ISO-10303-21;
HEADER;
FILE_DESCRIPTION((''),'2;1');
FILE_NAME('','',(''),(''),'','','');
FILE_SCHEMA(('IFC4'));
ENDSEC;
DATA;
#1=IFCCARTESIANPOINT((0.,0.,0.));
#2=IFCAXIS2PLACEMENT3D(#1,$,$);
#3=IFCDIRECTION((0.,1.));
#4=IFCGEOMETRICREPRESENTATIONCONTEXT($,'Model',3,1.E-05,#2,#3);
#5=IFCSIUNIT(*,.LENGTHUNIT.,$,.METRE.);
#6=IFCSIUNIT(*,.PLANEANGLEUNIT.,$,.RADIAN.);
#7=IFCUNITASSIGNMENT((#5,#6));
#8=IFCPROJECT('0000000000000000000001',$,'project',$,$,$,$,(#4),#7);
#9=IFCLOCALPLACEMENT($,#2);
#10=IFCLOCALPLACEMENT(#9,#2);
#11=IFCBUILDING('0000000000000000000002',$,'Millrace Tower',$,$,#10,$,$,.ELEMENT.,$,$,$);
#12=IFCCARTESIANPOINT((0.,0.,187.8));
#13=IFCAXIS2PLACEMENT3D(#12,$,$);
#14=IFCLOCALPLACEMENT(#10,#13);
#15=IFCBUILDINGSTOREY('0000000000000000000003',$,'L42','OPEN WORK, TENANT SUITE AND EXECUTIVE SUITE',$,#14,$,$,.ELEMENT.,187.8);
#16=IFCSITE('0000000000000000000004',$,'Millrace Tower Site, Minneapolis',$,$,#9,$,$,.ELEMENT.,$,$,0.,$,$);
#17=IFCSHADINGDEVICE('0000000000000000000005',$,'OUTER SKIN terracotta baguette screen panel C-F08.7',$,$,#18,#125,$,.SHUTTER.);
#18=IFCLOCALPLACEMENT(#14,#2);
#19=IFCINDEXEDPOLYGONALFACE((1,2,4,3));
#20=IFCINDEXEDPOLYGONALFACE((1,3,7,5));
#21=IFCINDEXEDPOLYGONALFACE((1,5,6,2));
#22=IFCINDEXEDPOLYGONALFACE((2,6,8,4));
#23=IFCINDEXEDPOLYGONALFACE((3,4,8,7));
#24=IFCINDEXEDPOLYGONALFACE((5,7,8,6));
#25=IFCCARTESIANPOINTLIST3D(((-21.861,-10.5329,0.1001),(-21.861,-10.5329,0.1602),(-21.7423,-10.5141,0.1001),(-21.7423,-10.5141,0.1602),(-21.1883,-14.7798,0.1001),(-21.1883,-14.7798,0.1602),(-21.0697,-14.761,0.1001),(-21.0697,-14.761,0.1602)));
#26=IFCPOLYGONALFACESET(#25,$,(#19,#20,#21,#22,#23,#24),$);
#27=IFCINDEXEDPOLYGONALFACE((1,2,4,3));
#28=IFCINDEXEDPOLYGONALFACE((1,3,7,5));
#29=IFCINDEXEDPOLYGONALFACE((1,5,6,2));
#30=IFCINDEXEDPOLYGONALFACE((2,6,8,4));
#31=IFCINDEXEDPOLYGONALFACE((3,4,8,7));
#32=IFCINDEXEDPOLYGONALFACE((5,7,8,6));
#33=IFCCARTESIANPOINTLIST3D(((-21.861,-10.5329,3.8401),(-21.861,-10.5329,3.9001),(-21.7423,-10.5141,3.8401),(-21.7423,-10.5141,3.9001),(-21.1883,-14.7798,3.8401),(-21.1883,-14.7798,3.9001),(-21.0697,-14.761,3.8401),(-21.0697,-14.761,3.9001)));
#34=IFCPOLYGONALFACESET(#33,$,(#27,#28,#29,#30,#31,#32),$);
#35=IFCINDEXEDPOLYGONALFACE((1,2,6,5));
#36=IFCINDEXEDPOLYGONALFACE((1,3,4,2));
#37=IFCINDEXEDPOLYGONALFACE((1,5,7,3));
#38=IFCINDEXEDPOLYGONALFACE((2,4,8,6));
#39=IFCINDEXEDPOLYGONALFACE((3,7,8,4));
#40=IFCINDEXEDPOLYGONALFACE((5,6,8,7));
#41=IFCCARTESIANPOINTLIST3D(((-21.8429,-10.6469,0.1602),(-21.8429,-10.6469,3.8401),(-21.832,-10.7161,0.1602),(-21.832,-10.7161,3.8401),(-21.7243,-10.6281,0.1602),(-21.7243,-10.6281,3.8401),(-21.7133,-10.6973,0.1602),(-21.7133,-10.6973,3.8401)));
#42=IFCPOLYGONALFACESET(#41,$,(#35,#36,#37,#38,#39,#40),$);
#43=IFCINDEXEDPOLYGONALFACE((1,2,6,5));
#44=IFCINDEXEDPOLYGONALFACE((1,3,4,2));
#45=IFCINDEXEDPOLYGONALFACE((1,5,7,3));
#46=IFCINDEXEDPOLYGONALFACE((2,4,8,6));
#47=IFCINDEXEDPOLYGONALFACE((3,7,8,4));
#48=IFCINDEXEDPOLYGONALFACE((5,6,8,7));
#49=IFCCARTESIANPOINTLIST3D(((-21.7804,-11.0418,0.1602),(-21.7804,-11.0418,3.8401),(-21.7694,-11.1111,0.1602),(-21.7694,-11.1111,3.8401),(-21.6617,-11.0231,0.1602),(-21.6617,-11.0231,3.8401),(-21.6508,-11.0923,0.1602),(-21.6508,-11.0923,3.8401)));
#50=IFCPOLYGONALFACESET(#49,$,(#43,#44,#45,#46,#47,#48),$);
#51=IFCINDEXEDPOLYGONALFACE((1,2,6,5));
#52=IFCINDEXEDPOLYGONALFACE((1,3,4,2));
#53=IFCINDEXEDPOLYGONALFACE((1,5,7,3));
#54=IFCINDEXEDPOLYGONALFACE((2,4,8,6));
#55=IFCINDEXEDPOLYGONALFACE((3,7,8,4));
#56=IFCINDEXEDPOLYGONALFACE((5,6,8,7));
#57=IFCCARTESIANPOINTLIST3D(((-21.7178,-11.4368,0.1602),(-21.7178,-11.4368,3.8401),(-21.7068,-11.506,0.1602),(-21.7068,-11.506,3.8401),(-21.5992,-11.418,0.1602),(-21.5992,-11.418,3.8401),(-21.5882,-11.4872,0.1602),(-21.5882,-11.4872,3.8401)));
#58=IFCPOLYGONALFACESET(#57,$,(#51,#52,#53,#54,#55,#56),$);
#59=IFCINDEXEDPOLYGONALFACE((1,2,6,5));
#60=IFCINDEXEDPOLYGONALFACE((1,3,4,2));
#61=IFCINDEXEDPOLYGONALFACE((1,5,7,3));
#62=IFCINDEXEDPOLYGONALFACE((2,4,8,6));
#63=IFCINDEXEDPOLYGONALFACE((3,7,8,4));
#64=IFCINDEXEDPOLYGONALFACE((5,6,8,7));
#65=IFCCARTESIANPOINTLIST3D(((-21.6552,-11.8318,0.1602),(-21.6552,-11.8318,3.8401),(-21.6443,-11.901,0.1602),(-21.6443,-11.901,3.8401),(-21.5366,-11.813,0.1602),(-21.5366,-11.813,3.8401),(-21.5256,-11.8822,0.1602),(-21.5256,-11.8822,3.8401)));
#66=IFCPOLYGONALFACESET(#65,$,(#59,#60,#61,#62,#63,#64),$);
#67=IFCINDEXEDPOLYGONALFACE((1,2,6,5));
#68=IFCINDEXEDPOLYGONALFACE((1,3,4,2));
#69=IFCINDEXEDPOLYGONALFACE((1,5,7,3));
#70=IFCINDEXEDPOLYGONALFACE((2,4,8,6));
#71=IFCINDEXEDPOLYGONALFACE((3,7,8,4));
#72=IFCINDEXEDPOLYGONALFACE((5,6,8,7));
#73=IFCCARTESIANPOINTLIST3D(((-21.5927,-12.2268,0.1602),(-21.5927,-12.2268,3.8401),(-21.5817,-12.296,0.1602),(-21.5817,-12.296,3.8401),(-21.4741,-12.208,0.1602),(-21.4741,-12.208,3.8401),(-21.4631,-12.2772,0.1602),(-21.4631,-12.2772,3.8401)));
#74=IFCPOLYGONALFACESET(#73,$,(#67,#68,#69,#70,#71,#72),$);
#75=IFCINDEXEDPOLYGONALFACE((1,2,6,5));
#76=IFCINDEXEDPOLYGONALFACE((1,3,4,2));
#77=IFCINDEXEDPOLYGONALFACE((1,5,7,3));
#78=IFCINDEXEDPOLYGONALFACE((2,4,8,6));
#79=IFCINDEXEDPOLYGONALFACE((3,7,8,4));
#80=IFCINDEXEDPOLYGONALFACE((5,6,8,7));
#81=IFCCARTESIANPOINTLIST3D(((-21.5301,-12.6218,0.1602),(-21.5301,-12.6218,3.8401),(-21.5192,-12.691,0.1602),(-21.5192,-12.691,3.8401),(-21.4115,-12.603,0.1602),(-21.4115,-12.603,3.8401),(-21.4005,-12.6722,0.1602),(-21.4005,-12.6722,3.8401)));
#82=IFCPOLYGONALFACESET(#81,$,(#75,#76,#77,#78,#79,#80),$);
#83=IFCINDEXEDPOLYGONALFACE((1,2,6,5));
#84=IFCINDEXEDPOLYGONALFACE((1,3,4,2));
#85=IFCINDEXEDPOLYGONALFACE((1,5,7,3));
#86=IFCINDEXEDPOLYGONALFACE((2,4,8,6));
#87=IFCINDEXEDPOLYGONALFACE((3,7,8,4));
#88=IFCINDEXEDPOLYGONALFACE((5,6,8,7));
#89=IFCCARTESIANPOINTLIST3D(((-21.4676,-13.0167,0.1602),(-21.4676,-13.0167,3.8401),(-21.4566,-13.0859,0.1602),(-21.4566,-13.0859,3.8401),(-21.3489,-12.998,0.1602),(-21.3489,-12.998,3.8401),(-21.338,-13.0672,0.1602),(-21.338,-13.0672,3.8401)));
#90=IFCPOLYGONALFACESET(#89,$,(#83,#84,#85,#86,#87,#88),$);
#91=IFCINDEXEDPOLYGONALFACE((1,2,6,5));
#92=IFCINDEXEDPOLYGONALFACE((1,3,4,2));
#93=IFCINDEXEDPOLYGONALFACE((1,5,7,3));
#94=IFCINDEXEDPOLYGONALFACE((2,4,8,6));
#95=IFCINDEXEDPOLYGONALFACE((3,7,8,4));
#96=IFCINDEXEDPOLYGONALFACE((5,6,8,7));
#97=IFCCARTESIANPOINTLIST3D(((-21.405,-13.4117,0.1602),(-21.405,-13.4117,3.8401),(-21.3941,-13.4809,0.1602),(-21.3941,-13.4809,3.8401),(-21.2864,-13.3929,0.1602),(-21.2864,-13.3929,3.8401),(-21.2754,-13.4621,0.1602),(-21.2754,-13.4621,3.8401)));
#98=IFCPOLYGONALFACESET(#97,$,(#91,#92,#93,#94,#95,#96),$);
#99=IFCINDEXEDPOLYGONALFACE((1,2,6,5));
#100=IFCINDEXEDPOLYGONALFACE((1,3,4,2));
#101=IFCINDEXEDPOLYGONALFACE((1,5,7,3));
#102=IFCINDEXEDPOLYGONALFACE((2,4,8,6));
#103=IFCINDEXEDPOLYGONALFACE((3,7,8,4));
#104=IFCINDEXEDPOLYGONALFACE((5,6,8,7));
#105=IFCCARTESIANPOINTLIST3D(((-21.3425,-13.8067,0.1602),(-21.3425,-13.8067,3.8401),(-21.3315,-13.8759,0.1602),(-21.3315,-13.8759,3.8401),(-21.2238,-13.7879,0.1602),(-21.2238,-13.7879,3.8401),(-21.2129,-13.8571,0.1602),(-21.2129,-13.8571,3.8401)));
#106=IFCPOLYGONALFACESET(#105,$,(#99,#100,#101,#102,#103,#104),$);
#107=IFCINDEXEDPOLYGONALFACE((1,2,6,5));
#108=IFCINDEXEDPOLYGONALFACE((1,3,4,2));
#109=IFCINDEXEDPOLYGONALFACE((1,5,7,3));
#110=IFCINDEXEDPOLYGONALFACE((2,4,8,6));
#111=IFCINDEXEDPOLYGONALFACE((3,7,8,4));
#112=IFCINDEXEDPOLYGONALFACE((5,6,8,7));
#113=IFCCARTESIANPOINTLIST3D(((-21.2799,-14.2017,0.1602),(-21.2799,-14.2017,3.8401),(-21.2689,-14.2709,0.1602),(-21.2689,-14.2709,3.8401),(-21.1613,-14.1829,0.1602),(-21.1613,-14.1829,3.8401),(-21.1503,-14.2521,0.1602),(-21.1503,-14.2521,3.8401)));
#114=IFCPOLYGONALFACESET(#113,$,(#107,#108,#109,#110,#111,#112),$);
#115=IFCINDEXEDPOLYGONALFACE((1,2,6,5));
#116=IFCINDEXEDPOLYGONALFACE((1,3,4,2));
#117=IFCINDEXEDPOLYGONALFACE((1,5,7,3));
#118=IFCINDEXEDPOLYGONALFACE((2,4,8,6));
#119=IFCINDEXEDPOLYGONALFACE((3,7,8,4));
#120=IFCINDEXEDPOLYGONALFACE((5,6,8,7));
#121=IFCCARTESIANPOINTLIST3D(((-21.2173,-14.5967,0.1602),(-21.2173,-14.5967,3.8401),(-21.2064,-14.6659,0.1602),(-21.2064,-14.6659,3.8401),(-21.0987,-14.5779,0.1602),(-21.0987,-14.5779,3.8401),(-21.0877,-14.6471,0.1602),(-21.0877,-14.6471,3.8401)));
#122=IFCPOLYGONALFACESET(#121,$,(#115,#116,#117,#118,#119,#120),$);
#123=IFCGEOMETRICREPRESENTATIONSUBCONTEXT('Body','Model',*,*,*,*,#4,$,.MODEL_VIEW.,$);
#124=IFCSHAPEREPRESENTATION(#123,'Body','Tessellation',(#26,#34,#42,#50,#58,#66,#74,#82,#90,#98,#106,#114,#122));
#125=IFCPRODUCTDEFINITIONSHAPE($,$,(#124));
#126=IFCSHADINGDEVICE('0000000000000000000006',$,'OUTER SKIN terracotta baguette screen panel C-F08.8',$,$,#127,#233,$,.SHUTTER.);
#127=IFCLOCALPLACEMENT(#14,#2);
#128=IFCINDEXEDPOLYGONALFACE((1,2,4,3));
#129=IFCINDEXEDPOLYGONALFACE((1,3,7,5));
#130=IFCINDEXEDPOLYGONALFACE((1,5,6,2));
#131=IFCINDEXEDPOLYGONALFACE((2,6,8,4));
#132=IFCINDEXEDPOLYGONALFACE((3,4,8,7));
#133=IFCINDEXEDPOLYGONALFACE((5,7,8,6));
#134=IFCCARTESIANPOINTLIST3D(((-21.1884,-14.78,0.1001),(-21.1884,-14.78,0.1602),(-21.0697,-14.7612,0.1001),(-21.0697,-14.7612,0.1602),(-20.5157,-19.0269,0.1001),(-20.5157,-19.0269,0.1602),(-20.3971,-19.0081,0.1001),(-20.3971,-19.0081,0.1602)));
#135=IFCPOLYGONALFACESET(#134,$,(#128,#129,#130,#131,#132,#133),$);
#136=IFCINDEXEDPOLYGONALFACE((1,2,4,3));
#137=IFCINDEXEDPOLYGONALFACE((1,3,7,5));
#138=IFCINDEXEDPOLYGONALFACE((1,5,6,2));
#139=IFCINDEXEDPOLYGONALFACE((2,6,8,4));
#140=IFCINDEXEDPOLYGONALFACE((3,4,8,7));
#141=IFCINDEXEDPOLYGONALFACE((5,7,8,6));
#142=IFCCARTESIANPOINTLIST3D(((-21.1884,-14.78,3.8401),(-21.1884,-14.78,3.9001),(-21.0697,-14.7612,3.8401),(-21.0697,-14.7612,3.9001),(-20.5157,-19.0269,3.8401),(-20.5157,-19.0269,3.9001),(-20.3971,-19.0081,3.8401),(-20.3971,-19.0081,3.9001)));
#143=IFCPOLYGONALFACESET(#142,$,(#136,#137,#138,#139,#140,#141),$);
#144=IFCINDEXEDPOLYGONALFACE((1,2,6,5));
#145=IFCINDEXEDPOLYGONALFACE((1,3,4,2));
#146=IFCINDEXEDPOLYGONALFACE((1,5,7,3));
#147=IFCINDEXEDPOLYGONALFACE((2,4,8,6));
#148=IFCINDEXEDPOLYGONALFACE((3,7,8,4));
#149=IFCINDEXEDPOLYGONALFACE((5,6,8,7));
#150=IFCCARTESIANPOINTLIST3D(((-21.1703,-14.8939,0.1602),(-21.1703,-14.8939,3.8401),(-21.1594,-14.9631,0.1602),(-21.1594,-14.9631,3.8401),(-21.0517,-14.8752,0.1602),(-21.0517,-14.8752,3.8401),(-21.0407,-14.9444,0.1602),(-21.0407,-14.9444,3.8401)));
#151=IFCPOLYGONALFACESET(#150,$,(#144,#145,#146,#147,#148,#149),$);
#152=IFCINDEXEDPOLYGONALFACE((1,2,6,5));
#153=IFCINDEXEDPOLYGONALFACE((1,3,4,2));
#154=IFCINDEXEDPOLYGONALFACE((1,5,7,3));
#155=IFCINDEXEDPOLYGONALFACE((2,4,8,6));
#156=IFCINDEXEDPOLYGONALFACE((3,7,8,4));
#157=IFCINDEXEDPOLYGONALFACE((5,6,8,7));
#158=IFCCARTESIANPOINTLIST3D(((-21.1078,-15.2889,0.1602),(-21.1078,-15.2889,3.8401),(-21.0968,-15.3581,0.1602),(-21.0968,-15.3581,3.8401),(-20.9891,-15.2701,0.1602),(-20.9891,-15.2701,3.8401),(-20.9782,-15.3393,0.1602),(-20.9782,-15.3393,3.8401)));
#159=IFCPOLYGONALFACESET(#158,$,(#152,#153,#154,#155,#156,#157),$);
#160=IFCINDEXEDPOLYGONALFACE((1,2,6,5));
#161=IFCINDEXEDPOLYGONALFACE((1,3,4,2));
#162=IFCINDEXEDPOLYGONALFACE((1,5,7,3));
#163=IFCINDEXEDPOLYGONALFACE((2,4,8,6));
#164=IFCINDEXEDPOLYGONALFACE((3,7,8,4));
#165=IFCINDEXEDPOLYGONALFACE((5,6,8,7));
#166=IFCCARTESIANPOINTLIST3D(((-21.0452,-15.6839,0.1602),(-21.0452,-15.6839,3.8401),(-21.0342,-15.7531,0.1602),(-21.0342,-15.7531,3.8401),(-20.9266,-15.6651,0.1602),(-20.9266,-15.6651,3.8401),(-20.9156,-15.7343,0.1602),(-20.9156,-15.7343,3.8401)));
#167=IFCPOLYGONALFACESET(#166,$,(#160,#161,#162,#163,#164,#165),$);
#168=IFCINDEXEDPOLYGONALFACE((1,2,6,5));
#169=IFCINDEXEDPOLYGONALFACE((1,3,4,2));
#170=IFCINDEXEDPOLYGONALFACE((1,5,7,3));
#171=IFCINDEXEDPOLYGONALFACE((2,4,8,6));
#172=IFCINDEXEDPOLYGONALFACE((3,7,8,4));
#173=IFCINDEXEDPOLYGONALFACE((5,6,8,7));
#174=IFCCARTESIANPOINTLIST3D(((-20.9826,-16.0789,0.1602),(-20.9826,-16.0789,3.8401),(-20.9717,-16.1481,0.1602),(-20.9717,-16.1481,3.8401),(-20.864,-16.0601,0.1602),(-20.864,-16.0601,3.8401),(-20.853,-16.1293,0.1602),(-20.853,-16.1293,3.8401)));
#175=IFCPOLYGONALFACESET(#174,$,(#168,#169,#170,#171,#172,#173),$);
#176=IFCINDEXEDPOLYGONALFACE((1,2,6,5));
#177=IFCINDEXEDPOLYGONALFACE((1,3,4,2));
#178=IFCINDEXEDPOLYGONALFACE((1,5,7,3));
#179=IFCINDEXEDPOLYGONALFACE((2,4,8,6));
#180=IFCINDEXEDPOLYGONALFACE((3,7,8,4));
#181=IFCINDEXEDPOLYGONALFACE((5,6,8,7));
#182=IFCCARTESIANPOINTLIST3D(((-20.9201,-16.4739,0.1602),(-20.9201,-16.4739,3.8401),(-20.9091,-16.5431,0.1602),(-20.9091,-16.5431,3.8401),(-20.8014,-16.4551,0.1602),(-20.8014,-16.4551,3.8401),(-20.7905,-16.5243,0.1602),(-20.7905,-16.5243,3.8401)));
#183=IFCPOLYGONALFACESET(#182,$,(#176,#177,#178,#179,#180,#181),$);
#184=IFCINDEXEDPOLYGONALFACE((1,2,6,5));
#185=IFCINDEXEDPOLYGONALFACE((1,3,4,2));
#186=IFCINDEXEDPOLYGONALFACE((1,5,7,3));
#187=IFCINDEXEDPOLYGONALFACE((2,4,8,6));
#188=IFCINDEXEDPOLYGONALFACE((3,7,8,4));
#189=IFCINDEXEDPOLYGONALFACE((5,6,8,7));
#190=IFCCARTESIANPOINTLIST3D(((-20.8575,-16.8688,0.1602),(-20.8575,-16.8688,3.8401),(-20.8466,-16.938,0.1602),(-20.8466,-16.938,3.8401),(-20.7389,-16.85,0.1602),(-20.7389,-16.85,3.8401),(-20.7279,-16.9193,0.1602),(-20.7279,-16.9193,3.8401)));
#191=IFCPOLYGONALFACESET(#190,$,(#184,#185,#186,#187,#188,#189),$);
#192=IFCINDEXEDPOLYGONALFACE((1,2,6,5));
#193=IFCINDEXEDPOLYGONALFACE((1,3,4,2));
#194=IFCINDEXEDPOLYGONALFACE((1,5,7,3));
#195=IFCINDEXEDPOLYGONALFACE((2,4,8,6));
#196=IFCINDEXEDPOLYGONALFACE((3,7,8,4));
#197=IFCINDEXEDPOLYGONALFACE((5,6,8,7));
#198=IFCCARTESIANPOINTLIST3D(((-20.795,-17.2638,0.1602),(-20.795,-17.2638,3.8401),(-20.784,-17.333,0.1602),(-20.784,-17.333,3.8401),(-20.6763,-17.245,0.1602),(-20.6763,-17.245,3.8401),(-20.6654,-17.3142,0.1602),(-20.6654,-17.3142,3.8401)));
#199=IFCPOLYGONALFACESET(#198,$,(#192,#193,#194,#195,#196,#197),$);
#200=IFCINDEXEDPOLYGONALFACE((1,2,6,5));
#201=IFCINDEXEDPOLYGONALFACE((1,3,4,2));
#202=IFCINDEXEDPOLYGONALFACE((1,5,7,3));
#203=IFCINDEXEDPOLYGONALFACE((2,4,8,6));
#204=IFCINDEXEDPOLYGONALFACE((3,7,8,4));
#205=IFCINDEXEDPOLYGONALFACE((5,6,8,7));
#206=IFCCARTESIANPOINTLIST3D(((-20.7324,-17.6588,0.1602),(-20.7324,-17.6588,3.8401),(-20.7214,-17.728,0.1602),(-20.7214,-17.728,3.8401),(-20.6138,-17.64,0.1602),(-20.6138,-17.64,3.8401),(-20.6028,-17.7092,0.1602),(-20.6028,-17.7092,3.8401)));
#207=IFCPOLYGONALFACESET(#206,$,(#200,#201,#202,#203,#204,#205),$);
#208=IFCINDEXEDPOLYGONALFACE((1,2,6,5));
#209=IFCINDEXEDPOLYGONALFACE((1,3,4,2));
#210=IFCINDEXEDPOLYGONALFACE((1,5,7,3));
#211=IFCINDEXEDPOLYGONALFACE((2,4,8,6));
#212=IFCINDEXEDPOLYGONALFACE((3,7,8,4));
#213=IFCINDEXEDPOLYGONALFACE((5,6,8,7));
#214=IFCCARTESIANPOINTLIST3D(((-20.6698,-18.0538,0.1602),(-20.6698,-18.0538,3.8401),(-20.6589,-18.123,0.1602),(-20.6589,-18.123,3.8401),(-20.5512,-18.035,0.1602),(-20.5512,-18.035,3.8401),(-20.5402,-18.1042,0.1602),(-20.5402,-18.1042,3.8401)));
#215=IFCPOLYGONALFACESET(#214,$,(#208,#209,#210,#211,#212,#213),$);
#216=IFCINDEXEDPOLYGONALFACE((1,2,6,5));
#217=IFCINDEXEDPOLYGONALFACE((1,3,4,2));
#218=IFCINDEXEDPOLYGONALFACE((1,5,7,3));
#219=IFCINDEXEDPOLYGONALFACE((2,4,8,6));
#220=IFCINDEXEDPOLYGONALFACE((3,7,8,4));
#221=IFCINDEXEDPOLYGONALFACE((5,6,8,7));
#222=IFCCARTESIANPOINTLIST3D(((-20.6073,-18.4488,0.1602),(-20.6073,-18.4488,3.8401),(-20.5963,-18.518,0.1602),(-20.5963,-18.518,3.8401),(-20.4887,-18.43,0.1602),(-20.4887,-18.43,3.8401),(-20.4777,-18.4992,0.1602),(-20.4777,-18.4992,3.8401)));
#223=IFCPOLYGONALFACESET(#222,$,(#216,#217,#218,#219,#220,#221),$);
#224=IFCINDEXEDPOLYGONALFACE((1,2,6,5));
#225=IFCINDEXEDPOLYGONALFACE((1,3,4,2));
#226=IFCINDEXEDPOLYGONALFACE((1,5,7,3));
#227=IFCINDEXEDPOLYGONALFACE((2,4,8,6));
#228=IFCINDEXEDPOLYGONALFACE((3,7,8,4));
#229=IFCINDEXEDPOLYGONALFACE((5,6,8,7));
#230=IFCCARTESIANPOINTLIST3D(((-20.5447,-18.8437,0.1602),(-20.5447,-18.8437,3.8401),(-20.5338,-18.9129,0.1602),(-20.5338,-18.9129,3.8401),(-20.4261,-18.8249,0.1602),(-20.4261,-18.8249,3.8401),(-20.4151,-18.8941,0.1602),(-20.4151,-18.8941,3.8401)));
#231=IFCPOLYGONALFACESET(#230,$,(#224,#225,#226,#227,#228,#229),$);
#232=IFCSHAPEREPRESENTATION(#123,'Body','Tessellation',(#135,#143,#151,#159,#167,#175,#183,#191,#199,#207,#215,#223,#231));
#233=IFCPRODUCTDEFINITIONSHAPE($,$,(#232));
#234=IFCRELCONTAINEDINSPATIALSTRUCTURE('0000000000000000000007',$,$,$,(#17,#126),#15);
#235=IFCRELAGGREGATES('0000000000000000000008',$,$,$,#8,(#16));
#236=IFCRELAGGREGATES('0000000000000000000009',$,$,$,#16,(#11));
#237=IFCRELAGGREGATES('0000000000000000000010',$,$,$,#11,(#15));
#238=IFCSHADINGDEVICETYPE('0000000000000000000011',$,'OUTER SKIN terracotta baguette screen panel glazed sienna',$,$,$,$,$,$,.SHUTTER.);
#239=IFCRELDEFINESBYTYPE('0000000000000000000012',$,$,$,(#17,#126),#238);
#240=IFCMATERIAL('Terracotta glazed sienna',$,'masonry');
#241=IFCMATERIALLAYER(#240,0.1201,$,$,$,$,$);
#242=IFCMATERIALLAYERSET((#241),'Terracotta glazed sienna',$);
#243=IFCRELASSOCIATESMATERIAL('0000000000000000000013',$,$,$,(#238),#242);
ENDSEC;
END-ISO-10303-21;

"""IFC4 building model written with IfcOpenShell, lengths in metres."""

from ifc_helpers import new_model, entity, si_unit, direction, frame, frame_2d, origin, origin_2d, place, context, subcontext, project, spatial, rectangle, extrude, source, transform, mapped, material, layer, layer_set, type_object, element, save


model = new_model("IFC4")

# Units and contexts
model_context = context("Model", 3, precision=1e-05, world=origin(), true_north=direction((0.0, 1.0)))
body_context = subcontext(model_context, "Body", "Model", "MODEL_VIEW")
ifc_project = project(units=[si_unit("LENGTHUNIT", "METRE"), si_unit("PLANEANGLEUNIT", "RADIAN")], contexts=[model_context])

# Site, building, storey
site_placement = place(None, origin())
site = spatial("IfcSite", under=ifc_project, at=site_placement, Name="Millrace Tower Site, Minneapolis", CompositionType="ELEMENT", RefElevation=0.0)
building_placement = place(site_placement, origin())
building = spatial("IfcBuilding", under=site, at=building_placement, Name="Millrace Tower", CompositionType="ELEMENT")
storey_placement = place(building_placement, frame((0.0, 0.0, 187.8)))
storey = spatial("IfcBuildingStorey", under=building, at=storey_placement, Name="L42", Description="OPEN WORK, TENANT SUITE AND EXECUTIVE SUITE", CompositionType="ELEMENT", Elevation=187.8)

# Shading devices
ifc_material_1 = material(Name="Terracotta glazed sienna", Category="masonry")
ifc_layer_1 = layer(ifc_material_1, 0.1201)
ifc_layer_set_1 = layer_set([ifc_layer_1], Name="Terracotta glazed sienna")
shading_device_type = type_object("IfcShadingDeviceType", Name="OUTER SKIN terracotta baguette screen panel glazed sienna", PredefinedType="SHUTTER", material=ifc_layer_set_1)
cartesian_point_1 = entity("IfcCartesianPoint", [-2.1499, 0.0601])
shared_polyline_1 = entity("IfcPolyline", [cartesian_point_1, entity("IfcCartesianPoint", [2.1499, 0.0601]), entity("IfcCartesianPoint", [2.1499, -0.0601]), entity("IfcCartesianPoint", [-2.1499, -0.0601]), cartesian_point_1])
shared_shape_1 = source(origin(), body_context, "Body", "SweptSolid", [
    entity("IfcExtrudedAreaSolid", entity("IfcArbitraryClosedProfileDef", "AREA", None, shared_polyline_1), entity("IfcAxis2Placement3D", entity("IfcCartesianPoint", [0.0, 0.0, 0.0])), entity("IfcDirection", [0.0, 0.0, 1.0]), 0.0601),
    entity("IfcExtrudedAreaSolid", entity("IfcArbitraryClosedProfileDef", "AREA", None, shared_polyline_1), entity("IfcAxis2Placement3D", entity("IfcCartesianPoint", [0.0, 0.0, 3.74])), entity("IfcDirection", [0.0, 0.0, 1.0]), 0.0601),
    extrude(rectangle(XDim=0.0701, YDim=0.1201, at=frame_2d((-1.9995, 0.0))), frame((0.0, 0.0, 0.0601)), (0.0, 0.0, 1.0), 3.6799),
    extrude(rectangle(XDim=0.0701, YDim=0.1201, at=frame_2d((-1.5996, 0.0))), frame((0.0, 0.0, 0.0601)), (0.0, 0.0, 1.0), 3.6799),
    extrude(rectangle(XDim=0.0701, YDim=0.1201, at=frame_2d((-1.1997, 0.0))), frame((0.0, 0.0, 0.0601)), (0.0, 0.0, 1.0), 3.6799),
    extrude(rectangle(XDim=0.0701, YDim=0.1201, at=frame_2d((-0.7998, 0.0))), frame((0.0, 0.0, 0.0601)), (0.0, 0.0, 1.0), 3.6799),
    extrude(rectangle(XDim=0.0701, YDim=0.1201, at=frame_2d((-0.3999, 0.0))), frame((0.0, 0.0, 0.0601)), (0.0, 0.0, 1.0), 3.6799),
    extrude(rectangle(XDim=0.0701, YDim=0.1201, at=origin_2d()), frame((0.0, 0.0, 0.0601)), (0.0, 0.0, 1.0), 3.6799),
    extrude(rectangle(XDim=0.0701, YDim=0.1201, at=frame_2d((0.3999, 0.0))), frame((0.0, 0.0, 0.0601)), (0.0, 0.0, 1.0), 3.6799),
    extrude(rectangle(XDim=0.0701, YDim=0.1201, at=frame_2d((0.7998, 0.0))), frame((0.0, 0.0, 0.0601)), (0.0, 0.0, 1.0), 3.6799),
    extrude(rectangle(XDim=0.0701, YDim=0.1201, at=frame_2d((1.1997, 0.0))), frame((0.0, 0.0, 0.0601)), (0.0, 0.0, 1.0), 3.6799),
    extrude(rectangle(XDim=0.0701, YDim=0.1201, at=frame_2d((1.5996, 0.0))), frame((0.0, 0.0, 0.0601)), (0.0, 0.0, 1.0), 3.6799),
    extrude(rectangle(XDim=0.0701, YDim=0.1201, at=frame_2d((1.9995, 0.0))), frame((0.0, 0.0, 0.0601)), (0.0, 0.0, 1.0), 3.6799),
])
for number, where, z_axis, x_axis, name in (
    (1, (-21.4653, -12.647, 0.1001), (0.0, 0.0, 1.0), (0.156434, -0.987688, 0.0), "OUTER SKIN terracotta baguette screen panel C-F08.7"),
    (2, (-20.7927, -16.894, 0.1001), (0.0, 0.0, 1.0), (0.156434, -0.987688, 0.0), "OUTER SKIN terracotta baguette screen panel C-F08.8"),
):
    element("IfcShadingDevice", number, at=place(storey_placement, frame(where, z_axis=z_axis, x_axis=x_axis)), inside=storey, type_object=shading_device_type, Name=name, PredefinedType="SHUTTER", context=body_context, shape_type="MappedRepresentation", body=[
        mapped(shared_shape_1, transform((0.0, 0.0, 0.0), scale=1.0)),
    ])

save(model, "model.ifc")
